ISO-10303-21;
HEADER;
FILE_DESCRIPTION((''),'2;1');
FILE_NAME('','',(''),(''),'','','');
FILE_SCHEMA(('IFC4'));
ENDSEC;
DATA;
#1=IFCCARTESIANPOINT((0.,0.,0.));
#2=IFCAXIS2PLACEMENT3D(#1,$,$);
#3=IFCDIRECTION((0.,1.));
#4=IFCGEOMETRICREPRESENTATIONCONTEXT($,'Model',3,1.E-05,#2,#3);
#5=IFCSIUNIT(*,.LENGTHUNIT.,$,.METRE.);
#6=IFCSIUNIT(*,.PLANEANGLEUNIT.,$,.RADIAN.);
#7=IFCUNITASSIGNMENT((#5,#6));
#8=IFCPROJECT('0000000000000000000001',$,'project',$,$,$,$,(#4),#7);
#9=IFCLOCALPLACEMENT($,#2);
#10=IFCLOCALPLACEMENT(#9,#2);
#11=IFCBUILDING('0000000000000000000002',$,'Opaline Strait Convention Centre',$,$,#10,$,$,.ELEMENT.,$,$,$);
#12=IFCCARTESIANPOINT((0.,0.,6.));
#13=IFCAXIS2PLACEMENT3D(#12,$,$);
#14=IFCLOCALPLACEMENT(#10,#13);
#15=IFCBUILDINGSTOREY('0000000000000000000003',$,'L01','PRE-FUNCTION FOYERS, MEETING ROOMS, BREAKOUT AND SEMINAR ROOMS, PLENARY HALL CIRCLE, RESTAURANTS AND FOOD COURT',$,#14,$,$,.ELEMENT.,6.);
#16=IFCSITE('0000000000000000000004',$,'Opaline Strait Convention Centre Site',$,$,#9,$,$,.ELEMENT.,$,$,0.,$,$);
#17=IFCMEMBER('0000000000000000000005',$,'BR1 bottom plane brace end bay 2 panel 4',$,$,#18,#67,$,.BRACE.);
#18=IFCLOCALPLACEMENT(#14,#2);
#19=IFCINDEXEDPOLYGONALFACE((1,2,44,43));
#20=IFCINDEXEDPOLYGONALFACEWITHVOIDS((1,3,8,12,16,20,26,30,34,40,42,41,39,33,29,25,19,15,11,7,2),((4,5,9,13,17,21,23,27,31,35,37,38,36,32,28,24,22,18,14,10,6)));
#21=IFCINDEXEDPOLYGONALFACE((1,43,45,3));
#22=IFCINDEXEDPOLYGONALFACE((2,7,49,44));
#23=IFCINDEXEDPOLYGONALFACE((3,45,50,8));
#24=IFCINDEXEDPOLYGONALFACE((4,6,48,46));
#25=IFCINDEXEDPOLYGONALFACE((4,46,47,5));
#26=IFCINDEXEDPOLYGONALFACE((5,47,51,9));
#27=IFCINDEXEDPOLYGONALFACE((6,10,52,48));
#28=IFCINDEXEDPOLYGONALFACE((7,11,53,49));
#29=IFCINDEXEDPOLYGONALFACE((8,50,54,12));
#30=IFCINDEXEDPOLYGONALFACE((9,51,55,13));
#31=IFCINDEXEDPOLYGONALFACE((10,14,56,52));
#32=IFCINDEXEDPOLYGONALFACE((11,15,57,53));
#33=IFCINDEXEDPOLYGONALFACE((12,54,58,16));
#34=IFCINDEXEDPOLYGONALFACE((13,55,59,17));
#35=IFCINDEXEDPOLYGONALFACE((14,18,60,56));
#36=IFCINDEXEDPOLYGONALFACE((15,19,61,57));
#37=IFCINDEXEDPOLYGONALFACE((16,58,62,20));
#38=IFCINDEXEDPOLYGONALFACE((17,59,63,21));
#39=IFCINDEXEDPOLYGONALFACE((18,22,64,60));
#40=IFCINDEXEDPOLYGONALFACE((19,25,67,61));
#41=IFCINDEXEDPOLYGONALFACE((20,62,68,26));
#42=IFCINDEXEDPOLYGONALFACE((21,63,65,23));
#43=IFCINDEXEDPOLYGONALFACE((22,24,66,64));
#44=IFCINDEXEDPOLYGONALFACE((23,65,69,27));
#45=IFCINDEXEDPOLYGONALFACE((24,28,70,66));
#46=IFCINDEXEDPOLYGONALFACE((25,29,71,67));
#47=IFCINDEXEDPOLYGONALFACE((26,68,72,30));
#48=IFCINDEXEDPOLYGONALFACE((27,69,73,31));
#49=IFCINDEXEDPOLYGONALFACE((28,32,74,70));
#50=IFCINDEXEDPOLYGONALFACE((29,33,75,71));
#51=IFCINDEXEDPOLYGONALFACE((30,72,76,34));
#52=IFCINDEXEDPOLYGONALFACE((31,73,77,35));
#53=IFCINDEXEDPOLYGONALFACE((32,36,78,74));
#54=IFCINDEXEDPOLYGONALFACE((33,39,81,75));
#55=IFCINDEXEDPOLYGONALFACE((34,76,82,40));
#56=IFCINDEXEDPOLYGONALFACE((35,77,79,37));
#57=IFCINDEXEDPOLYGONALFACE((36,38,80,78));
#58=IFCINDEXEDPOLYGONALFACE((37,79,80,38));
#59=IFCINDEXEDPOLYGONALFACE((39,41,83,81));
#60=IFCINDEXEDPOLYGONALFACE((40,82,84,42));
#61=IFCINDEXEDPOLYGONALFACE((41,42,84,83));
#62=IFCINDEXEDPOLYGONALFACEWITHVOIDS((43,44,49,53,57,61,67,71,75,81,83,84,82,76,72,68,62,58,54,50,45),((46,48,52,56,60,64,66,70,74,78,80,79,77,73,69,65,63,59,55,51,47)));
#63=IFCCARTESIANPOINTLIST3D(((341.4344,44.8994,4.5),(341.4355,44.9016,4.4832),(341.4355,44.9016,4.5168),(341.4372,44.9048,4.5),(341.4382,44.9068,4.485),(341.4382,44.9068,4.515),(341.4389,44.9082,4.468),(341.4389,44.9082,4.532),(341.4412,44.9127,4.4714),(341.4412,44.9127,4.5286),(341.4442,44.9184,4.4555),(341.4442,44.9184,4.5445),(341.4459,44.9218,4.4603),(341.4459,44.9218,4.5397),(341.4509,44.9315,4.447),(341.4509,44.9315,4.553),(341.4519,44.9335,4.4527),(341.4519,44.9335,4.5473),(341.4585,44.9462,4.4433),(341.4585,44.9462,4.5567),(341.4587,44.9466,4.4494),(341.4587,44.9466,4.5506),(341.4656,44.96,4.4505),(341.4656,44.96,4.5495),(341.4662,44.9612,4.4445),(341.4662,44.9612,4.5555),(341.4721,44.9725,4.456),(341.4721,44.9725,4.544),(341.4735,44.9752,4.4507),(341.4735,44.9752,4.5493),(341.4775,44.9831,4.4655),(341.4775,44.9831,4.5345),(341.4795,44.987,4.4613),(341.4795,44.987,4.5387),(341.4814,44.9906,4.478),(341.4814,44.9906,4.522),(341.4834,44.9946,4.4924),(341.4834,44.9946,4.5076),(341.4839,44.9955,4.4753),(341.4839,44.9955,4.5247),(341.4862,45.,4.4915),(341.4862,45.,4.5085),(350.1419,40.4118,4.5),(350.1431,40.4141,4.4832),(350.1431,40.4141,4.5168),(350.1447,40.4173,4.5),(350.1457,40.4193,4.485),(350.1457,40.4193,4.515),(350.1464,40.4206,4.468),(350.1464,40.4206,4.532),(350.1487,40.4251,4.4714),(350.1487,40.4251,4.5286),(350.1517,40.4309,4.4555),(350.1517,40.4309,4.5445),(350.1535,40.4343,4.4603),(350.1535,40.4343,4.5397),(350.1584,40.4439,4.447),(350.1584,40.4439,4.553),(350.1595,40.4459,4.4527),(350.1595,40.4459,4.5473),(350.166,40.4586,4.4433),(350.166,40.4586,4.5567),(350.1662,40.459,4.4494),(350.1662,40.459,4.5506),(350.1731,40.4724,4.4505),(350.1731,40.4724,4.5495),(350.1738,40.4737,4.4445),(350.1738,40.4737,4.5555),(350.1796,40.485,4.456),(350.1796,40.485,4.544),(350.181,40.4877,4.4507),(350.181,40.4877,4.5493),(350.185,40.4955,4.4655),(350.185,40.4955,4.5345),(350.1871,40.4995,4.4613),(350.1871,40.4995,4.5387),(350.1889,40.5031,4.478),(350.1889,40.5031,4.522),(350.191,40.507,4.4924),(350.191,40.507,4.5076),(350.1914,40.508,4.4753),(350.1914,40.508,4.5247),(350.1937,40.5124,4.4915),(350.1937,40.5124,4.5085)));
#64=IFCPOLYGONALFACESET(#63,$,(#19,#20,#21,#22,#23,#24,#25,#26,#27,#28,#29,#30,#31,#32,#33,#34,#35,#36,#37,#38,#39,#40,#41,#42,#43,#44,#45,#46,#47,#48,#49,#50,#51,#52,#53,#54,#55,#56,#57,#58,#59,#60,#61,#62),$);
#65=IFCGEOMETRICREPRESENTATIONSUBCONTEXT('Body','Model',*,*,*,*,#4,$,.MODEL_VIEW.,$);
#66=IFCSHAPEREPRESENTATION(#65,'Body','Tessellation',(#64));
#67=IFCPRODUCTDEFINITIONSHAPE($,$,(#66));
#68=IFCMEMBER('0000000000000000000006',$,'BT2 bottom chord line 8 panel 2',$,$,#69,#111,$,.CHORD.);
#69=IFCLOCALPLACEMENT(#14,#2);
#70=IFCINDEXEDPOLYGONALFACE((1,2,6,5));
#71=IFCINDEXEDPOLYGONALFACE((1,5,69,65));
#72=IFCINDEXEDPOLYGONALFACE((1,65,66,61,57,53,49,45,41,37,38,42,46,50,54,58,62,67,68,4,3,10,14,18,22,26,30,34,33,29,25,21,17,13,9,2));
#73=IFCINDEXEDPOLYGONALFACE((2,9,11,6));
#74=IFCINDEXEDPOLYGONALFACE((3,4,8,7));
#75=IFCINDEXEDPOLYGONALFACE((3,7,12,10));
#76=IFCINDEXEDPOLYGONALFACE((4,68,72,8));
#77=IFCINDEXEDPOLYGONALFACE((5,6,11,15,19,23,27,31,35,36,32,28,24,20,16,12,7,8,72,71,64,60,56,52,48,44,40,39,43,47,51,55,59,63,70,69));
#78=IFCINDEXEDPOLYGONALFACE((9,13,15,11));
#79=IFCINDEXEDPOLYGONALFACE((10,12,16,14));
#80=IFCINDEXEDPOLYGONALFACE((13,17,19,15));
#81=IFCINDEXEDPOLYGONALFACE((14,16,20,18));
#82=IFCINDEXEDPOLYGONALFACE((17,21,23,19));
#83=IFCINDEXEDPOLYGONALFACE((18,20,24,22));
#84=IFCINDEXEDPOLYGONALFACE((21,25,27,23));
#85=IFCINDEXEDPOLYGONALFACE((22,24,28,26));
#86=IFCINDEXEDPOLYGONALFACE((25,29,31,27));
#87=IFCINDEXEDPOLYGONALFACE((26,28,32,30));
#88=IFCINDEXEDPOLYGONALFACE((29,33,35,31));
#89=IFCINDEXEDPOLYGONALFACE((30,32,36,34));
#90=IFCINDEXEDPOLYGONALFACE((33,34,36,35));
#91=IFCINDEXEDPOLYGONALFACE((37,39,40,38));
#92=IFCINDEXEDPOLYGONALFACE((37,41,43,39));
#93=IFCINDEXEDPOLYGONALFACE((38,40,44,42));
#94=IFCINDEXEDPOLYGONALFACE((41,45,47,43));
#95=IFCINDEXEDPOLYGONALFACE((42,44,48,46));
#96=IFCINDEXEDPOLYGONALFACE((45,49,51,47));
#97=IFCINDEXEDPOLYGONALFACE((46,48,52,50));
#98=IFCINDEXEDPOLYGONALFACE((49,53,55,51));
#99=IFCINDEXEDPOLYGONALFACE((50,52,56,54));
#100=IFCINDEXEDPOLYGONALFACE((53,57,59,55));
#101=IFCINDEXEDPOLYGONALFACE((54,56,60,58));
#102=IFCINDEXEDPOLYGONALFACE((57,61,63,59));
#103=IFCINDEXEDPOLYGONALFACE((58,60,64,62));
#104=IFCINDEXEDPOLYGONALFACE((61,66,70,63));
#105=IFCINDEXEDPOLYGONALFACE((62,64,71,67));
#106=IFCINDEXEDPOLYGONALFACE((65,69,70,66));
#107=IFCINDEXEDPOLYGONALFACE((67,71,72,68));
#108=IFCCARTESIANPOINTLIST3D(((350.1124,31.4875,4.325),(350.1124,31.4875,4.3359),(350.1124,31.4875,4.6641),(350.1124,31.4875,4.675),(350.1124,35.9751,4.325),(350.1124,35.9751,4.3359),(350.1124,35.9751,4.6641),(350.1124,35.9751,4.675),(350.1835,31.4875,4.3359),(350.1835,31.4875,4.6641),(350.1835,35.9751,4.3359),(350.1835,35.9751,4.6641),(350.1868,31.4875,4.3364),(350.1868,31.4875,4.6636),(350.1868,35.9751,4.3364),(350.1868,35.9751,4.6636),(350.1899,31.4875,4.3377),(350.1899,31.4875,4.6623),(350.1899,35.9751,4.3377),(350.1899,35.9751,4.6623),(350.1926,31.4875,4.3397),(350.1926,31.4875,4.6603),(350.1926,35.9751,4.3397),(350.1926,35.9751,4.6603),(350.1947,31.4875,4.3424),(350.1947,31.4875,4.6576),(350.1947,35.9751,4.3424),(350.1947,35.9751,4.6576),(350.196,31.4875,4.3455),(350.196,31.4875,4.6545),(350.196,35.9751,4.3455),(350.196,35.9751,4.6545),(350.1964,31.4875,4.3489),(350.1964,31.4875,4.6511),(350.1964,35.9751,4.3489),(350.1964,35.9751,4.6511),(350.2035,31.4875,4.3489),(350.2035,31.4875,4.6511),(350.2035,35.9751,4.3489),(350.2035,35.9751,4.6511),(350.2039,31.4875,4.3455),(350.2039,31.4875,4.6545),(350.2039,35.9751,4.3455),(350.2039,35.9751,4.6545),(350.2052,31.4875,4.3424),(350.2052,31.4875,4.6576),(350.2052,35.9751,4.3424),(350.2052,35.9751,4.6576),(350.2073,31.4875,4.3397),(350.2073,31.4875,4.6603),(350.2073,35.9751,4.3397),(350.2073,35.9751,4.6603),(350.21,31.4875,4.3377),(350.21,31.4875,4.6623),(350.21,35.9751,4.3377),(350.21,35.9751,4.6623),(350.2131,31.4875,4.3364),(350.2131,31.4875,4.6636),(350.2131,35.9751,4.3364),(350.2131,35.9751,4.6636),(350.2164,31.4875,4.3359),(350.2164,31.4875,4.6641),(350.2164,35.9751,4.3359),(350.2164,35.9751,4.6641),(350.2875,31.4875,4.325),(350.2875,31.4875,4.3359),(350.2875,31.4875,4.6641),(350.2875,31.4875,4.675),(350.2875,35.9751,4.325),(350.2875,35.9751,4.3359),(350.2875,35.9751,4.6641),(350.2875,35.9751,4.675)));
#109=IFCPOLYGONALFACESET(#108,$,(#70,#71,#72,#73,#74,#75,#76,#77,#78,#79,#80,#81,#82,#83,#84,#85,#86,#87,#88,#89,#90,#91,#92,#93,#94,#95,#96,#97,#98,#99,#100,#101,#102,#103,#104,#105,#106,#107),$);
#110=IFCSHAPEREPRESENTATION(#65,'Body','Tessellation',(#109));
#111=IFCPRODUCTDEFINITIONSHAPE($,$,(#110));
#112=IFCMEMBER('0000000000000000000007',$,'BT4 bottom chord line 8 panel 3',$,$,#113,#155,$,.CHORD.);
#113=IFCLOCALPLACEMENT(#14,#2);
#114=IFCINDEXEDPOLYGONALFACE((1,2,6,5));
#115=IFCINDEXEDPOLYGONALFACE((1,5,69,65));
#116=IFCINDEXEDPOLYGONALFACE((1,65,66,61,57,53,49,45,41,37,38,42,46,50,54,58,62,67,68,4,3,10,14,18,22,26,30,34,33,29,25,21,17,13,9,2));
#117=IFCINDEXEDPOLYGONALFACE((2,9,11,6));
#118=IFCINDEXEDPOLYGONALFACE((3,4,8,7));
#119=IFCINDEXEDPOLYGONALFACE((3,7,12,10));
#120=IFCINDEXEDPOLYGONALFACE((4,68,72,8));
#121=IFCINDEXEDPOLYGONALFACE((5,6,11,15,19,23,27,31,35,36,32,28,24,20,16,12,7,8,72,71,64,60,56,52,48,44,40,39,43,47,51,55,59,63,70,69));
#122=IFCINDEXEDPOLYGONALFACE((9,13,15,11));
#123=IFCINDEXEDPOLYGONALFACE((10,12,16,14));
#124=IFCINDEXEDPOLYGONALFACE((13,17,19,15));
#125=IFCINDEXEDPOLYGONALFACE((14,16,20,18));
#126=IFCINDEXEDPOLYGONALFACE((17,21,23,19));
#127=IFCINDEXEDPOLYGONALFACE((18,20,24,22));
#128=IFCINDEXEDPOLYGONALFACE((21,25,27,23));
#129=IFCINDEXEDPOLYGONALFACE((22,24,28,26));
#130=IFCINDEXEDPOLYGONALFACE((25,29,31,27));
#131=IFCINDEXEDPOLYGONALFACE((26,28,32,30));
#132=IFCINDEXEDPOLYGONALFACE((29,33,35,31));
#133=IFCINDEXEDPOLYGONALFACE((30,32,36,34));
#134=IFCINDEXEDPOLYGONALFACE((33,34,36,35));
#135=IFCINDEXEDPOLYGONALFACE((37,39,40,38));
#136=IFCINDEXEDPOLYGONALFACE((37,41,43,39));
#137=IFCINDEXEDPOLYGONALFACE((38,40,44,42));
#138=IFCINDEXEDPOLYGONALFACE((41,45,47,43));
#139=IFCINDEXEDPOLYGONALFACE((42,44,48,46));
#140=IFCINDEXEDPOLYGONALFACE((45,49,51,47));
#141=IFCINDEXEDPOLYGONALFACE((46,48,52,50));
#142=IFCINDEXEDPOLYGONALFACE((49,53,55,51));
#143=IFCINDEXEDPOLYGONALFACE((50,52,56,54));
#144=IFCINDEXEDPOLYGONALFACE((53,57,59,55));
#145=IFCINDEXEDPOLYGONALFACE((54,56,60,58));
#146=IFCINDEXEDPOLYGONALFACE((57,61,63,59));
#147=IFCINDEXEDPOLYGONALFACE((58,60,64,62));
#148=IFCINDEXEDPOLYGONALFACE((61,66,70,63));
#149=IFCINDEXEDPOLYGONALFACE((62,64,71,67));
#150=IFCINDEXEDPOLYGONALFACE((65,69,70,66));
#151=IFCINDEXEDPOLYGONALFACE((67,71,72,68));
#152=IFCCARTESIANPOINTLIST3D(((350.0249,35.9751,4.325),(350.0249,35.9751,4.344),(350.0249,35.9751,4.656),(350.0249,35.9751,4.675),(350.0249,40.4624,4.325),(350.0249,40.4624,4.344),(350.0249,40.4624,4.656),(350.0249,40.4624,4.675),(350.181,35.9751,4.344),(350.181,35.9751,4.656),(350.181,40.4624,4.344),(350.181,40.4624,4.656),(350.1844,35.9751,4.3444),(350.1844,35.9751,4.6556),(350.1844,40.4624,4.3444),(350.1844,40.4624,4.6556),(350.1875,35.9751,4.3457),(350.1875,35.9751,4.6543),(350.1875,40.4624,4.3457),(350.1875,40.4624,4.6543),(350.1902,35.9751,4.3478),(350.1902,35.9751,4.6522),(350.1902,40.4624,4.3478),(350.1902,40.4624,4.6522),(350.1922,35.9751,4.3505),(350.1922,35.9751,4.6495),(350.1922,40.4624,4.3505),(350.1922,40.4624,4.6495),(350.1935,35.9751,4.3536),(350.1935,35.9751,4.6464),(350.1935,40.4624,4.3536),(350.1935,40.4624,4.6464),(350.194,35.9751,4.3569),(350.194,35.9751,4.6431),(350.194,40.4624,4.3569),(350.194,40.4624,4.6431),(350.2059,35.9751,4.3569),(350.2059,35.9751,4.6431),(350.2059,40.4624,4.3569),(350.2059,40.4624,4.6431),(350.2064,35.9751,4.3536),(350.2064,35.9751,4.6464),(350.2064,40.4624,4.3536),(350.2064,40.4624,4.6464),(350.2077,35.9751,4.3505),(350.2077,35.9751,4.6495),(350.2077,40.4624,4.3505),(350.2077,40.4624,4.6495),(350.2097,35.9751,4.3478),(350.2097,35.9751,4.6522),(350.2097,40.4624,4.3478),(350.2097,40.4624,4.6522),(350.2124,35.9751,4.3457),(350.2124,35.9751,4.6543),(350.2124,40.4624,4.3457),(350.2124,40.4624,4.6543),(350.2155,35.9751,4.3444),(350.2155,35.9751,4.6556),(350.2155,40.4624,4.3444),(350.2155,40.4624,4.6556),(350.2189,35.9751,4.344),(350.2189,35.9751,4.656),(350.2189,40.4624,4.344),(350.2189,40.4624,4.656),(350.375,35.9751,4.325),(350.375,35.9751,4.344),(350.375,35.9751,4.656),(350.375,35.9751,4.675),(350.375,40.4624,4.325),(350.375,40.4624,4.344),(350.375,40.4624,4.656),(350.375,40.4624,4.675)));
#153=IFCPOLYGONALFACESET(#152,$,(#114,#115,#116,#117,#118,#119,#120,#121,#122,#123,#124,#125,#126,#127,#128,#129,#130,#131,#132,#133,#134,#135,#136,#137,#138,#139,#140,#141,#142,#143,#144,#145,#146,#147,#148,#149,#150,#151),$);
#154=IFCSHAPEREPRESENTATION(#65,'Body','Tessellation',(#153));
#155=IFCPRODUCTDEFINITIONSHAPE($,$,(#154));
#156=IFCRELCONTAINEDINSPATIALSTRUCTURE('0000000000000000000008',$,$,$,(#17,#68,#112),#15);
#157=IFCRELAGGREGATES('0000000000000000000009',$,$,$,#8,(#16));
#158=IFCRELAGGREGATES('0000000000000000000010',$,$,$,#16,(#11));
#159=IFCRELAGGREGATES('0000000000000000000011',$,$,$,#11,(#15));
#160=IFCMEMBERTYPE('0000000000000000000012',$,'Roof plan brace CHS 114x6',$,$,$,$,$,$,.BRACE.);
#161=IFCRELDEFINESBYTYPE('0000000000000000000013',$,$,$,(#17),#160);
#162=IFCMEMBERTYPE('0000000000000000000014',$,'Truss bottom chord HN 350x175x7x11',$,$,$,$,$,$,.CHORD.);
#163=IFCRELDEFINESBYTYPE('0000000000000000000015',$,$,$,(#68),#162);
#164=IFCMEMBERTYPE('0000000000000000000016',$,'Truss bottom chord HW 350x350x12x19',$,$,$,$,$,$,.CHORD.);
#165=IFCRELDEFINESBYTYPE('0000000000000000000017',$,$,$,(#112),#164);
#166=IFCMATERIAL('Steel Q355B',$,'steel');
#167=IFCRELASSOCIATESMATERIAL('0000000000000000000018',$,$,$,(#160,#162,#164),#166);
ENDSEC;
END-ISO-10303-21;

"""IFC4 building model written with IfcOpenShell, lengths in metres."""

from ifc_helpers import new_model, si_unit, direction, frame, origin, origin_2d, place, context, subcontext, project, spatial, hollow_circle, i_section, extrude, material, material_profile, profile_set, type_object, element, save


model = new_model("IFC4")

# Units and contexts
model_context = context("Model", 3, precision=1e-05, world=origin(), true_north=direction((0.0, 1.0)))
body_context = subcontext(model_context, "Body", "Model", "MODEL_VIEW")
ifc_project = project(units=[si_unit("LENGTHUNIT", "METRE"), si_unit("PLANEANGLEUNIT", "RADIAN")], contexts=[model_context])

# Site, building, storey
site_placement = place(None, origin())
site = spatial("IfcSite", under=ifc_project, at=site_placement, Name="Opaline Strait Convention Centre Site", CompositionType="ELEMENT", RefElevation=0.0)
building_placement = place(site_placement, origin())
building = spatial("IfcBuilding", under=site, at=building_placement, Name="Opaline Strait Convention Centre", CompositionType="ELEMENT")
storey_placement = place(building_placement, frame((0.0, 0.0, 6.0)))
storey = spatial("IfcBuildingStorey", under=building, at=storey_placement, Name="L01", Description="PRE-FUNCTION FOYERS, MEETING ROOMS, BREAKOUT AND SEMINAR ROOMS, PLENARY HALL CIRCLE, RESTAURANTS AND FOOD COURT", CompositionType="ELEMENT", Elevation=6.0)

# Members
ifc_material_1 = material(Name="Steel Q355B", Category="steel")
ifc_material_profile_1 = material_profile(ifc_material_1, hollow_circle(Radius=0.0569, WallThickness=0.0061, at=origin_2d()), Name="CHS 114x6")
ifc_profile_set_1 = profile_set([ifc_material_profile_1], Name="Steel Q355B")
member_type_1 = type_object("IfcMemberType", Name="Roof plan brace CHS 114x6", PredefinedType="BRACE", material=ifc_profile_set_1)
member_1_placement = place(storey_placement, frame((350.168, 40.4624, 4.5), z_axis=(-0.888897, 0.458106, 0.0), x_axis=(-0.458106, -0.888897, 0.0)))
element("IfcMember", 1, at=member_1_placement, inside=storey, type_object=member_type_1, Name="BR1 bottom plane brace end bay 2 panel 4", PredefinedType="BRACE", context=body_context, shape_type="SweptSolid", body=[
    extrude(hollow_circle(Radius=0.0569, WallThickness=0.0061, at=origin_2d()), origin(), (0.0, 0.0, 1.0), 9.7959),
])
ifc_material_profile_2 = material_profile(ifc_material_1, i_section(OverallWidth=0.175, OverallDepth=0.3501, WebThickness=0.0071, FlangeThickness=0.011, FilletRadius=0.0129, at=origin_2d()), Name="HN 350x175x7x11")
ifc_profile_set_2 = profile_set([ifc_material_profile_2], Name="Steel Q355B")
member_type_2 = type_object("IfcMemberType", Name="Truss bottom chord HN 350x175x7x11", PredefinedType="CHORD", material=ifc_profile_set_2)
member_2_placement = place(storey_placement, frame((350.2, 31.4875, 4.5), z_axis=(0.0, 1.0, 0.0), x_axis=(-1.0, 0.0, 0.0)))
element("IfcMember", 2, at=member_2_placement, inside=storey, type_object=member_type_2, Name="BT2 bottom chord line 8 panel 2", PredefinedType="CHORD", context=body_context, shape_type="SweptSolid", body=[
    extrude(i_section(OverallWidth=0.175, OverallDepth=0.3501, WebThickness=0.0071, FlangeThickness=0.011, FilletRadius=0.0129, at=origin_2d()), origin(), (0.0, 0.0, 1.0), 4.4875),
])
ifc_material_profile_3 = material_profile(ifc_material_1, i_section(OverallWidth=0.3501, OverallDepth=0.3501, WebThickness=0.012, FlangeThickness=0.019, FilletRadius=0.0129, at=origin_2d()), Name="HW 350x350x12x19")
ifc_profile_set_3 = profile_set([ifc_material_profile_3], Name="Steel Q355B")
member_type_3 = type_object("IfcMemberType", Name="Truss bottom chord HW 350x350x12x19", PredefinedType="CHORD", material=ifc_profile_set_3)
member_3_placement = place(storey_placement, frame((350.2, 35.9751, 4.5), z_axis=(0.0, 1.0, 0.0), x_axis=(-1.0, 0.0, 0.0)))
element("IfcMember", 3, at=member_3_placement, inside=storey, type_object=member_type_3, Name="BT4 bottom chord line 8 panel 3", PredefinedType="CHORD", context=body_context, shape_type="SweptSolid", body=[
    extrude(i_section(OverallWidth=0.3501, OverallDepth=0.3501, WebThickness=0.012, FlangeThickness=0.019, FilletRadius=0.0129, at=origin_2d()), origin(), (0.0, 0.0, 1.0), 4.4873),
])

save(model, "model.ifc")
